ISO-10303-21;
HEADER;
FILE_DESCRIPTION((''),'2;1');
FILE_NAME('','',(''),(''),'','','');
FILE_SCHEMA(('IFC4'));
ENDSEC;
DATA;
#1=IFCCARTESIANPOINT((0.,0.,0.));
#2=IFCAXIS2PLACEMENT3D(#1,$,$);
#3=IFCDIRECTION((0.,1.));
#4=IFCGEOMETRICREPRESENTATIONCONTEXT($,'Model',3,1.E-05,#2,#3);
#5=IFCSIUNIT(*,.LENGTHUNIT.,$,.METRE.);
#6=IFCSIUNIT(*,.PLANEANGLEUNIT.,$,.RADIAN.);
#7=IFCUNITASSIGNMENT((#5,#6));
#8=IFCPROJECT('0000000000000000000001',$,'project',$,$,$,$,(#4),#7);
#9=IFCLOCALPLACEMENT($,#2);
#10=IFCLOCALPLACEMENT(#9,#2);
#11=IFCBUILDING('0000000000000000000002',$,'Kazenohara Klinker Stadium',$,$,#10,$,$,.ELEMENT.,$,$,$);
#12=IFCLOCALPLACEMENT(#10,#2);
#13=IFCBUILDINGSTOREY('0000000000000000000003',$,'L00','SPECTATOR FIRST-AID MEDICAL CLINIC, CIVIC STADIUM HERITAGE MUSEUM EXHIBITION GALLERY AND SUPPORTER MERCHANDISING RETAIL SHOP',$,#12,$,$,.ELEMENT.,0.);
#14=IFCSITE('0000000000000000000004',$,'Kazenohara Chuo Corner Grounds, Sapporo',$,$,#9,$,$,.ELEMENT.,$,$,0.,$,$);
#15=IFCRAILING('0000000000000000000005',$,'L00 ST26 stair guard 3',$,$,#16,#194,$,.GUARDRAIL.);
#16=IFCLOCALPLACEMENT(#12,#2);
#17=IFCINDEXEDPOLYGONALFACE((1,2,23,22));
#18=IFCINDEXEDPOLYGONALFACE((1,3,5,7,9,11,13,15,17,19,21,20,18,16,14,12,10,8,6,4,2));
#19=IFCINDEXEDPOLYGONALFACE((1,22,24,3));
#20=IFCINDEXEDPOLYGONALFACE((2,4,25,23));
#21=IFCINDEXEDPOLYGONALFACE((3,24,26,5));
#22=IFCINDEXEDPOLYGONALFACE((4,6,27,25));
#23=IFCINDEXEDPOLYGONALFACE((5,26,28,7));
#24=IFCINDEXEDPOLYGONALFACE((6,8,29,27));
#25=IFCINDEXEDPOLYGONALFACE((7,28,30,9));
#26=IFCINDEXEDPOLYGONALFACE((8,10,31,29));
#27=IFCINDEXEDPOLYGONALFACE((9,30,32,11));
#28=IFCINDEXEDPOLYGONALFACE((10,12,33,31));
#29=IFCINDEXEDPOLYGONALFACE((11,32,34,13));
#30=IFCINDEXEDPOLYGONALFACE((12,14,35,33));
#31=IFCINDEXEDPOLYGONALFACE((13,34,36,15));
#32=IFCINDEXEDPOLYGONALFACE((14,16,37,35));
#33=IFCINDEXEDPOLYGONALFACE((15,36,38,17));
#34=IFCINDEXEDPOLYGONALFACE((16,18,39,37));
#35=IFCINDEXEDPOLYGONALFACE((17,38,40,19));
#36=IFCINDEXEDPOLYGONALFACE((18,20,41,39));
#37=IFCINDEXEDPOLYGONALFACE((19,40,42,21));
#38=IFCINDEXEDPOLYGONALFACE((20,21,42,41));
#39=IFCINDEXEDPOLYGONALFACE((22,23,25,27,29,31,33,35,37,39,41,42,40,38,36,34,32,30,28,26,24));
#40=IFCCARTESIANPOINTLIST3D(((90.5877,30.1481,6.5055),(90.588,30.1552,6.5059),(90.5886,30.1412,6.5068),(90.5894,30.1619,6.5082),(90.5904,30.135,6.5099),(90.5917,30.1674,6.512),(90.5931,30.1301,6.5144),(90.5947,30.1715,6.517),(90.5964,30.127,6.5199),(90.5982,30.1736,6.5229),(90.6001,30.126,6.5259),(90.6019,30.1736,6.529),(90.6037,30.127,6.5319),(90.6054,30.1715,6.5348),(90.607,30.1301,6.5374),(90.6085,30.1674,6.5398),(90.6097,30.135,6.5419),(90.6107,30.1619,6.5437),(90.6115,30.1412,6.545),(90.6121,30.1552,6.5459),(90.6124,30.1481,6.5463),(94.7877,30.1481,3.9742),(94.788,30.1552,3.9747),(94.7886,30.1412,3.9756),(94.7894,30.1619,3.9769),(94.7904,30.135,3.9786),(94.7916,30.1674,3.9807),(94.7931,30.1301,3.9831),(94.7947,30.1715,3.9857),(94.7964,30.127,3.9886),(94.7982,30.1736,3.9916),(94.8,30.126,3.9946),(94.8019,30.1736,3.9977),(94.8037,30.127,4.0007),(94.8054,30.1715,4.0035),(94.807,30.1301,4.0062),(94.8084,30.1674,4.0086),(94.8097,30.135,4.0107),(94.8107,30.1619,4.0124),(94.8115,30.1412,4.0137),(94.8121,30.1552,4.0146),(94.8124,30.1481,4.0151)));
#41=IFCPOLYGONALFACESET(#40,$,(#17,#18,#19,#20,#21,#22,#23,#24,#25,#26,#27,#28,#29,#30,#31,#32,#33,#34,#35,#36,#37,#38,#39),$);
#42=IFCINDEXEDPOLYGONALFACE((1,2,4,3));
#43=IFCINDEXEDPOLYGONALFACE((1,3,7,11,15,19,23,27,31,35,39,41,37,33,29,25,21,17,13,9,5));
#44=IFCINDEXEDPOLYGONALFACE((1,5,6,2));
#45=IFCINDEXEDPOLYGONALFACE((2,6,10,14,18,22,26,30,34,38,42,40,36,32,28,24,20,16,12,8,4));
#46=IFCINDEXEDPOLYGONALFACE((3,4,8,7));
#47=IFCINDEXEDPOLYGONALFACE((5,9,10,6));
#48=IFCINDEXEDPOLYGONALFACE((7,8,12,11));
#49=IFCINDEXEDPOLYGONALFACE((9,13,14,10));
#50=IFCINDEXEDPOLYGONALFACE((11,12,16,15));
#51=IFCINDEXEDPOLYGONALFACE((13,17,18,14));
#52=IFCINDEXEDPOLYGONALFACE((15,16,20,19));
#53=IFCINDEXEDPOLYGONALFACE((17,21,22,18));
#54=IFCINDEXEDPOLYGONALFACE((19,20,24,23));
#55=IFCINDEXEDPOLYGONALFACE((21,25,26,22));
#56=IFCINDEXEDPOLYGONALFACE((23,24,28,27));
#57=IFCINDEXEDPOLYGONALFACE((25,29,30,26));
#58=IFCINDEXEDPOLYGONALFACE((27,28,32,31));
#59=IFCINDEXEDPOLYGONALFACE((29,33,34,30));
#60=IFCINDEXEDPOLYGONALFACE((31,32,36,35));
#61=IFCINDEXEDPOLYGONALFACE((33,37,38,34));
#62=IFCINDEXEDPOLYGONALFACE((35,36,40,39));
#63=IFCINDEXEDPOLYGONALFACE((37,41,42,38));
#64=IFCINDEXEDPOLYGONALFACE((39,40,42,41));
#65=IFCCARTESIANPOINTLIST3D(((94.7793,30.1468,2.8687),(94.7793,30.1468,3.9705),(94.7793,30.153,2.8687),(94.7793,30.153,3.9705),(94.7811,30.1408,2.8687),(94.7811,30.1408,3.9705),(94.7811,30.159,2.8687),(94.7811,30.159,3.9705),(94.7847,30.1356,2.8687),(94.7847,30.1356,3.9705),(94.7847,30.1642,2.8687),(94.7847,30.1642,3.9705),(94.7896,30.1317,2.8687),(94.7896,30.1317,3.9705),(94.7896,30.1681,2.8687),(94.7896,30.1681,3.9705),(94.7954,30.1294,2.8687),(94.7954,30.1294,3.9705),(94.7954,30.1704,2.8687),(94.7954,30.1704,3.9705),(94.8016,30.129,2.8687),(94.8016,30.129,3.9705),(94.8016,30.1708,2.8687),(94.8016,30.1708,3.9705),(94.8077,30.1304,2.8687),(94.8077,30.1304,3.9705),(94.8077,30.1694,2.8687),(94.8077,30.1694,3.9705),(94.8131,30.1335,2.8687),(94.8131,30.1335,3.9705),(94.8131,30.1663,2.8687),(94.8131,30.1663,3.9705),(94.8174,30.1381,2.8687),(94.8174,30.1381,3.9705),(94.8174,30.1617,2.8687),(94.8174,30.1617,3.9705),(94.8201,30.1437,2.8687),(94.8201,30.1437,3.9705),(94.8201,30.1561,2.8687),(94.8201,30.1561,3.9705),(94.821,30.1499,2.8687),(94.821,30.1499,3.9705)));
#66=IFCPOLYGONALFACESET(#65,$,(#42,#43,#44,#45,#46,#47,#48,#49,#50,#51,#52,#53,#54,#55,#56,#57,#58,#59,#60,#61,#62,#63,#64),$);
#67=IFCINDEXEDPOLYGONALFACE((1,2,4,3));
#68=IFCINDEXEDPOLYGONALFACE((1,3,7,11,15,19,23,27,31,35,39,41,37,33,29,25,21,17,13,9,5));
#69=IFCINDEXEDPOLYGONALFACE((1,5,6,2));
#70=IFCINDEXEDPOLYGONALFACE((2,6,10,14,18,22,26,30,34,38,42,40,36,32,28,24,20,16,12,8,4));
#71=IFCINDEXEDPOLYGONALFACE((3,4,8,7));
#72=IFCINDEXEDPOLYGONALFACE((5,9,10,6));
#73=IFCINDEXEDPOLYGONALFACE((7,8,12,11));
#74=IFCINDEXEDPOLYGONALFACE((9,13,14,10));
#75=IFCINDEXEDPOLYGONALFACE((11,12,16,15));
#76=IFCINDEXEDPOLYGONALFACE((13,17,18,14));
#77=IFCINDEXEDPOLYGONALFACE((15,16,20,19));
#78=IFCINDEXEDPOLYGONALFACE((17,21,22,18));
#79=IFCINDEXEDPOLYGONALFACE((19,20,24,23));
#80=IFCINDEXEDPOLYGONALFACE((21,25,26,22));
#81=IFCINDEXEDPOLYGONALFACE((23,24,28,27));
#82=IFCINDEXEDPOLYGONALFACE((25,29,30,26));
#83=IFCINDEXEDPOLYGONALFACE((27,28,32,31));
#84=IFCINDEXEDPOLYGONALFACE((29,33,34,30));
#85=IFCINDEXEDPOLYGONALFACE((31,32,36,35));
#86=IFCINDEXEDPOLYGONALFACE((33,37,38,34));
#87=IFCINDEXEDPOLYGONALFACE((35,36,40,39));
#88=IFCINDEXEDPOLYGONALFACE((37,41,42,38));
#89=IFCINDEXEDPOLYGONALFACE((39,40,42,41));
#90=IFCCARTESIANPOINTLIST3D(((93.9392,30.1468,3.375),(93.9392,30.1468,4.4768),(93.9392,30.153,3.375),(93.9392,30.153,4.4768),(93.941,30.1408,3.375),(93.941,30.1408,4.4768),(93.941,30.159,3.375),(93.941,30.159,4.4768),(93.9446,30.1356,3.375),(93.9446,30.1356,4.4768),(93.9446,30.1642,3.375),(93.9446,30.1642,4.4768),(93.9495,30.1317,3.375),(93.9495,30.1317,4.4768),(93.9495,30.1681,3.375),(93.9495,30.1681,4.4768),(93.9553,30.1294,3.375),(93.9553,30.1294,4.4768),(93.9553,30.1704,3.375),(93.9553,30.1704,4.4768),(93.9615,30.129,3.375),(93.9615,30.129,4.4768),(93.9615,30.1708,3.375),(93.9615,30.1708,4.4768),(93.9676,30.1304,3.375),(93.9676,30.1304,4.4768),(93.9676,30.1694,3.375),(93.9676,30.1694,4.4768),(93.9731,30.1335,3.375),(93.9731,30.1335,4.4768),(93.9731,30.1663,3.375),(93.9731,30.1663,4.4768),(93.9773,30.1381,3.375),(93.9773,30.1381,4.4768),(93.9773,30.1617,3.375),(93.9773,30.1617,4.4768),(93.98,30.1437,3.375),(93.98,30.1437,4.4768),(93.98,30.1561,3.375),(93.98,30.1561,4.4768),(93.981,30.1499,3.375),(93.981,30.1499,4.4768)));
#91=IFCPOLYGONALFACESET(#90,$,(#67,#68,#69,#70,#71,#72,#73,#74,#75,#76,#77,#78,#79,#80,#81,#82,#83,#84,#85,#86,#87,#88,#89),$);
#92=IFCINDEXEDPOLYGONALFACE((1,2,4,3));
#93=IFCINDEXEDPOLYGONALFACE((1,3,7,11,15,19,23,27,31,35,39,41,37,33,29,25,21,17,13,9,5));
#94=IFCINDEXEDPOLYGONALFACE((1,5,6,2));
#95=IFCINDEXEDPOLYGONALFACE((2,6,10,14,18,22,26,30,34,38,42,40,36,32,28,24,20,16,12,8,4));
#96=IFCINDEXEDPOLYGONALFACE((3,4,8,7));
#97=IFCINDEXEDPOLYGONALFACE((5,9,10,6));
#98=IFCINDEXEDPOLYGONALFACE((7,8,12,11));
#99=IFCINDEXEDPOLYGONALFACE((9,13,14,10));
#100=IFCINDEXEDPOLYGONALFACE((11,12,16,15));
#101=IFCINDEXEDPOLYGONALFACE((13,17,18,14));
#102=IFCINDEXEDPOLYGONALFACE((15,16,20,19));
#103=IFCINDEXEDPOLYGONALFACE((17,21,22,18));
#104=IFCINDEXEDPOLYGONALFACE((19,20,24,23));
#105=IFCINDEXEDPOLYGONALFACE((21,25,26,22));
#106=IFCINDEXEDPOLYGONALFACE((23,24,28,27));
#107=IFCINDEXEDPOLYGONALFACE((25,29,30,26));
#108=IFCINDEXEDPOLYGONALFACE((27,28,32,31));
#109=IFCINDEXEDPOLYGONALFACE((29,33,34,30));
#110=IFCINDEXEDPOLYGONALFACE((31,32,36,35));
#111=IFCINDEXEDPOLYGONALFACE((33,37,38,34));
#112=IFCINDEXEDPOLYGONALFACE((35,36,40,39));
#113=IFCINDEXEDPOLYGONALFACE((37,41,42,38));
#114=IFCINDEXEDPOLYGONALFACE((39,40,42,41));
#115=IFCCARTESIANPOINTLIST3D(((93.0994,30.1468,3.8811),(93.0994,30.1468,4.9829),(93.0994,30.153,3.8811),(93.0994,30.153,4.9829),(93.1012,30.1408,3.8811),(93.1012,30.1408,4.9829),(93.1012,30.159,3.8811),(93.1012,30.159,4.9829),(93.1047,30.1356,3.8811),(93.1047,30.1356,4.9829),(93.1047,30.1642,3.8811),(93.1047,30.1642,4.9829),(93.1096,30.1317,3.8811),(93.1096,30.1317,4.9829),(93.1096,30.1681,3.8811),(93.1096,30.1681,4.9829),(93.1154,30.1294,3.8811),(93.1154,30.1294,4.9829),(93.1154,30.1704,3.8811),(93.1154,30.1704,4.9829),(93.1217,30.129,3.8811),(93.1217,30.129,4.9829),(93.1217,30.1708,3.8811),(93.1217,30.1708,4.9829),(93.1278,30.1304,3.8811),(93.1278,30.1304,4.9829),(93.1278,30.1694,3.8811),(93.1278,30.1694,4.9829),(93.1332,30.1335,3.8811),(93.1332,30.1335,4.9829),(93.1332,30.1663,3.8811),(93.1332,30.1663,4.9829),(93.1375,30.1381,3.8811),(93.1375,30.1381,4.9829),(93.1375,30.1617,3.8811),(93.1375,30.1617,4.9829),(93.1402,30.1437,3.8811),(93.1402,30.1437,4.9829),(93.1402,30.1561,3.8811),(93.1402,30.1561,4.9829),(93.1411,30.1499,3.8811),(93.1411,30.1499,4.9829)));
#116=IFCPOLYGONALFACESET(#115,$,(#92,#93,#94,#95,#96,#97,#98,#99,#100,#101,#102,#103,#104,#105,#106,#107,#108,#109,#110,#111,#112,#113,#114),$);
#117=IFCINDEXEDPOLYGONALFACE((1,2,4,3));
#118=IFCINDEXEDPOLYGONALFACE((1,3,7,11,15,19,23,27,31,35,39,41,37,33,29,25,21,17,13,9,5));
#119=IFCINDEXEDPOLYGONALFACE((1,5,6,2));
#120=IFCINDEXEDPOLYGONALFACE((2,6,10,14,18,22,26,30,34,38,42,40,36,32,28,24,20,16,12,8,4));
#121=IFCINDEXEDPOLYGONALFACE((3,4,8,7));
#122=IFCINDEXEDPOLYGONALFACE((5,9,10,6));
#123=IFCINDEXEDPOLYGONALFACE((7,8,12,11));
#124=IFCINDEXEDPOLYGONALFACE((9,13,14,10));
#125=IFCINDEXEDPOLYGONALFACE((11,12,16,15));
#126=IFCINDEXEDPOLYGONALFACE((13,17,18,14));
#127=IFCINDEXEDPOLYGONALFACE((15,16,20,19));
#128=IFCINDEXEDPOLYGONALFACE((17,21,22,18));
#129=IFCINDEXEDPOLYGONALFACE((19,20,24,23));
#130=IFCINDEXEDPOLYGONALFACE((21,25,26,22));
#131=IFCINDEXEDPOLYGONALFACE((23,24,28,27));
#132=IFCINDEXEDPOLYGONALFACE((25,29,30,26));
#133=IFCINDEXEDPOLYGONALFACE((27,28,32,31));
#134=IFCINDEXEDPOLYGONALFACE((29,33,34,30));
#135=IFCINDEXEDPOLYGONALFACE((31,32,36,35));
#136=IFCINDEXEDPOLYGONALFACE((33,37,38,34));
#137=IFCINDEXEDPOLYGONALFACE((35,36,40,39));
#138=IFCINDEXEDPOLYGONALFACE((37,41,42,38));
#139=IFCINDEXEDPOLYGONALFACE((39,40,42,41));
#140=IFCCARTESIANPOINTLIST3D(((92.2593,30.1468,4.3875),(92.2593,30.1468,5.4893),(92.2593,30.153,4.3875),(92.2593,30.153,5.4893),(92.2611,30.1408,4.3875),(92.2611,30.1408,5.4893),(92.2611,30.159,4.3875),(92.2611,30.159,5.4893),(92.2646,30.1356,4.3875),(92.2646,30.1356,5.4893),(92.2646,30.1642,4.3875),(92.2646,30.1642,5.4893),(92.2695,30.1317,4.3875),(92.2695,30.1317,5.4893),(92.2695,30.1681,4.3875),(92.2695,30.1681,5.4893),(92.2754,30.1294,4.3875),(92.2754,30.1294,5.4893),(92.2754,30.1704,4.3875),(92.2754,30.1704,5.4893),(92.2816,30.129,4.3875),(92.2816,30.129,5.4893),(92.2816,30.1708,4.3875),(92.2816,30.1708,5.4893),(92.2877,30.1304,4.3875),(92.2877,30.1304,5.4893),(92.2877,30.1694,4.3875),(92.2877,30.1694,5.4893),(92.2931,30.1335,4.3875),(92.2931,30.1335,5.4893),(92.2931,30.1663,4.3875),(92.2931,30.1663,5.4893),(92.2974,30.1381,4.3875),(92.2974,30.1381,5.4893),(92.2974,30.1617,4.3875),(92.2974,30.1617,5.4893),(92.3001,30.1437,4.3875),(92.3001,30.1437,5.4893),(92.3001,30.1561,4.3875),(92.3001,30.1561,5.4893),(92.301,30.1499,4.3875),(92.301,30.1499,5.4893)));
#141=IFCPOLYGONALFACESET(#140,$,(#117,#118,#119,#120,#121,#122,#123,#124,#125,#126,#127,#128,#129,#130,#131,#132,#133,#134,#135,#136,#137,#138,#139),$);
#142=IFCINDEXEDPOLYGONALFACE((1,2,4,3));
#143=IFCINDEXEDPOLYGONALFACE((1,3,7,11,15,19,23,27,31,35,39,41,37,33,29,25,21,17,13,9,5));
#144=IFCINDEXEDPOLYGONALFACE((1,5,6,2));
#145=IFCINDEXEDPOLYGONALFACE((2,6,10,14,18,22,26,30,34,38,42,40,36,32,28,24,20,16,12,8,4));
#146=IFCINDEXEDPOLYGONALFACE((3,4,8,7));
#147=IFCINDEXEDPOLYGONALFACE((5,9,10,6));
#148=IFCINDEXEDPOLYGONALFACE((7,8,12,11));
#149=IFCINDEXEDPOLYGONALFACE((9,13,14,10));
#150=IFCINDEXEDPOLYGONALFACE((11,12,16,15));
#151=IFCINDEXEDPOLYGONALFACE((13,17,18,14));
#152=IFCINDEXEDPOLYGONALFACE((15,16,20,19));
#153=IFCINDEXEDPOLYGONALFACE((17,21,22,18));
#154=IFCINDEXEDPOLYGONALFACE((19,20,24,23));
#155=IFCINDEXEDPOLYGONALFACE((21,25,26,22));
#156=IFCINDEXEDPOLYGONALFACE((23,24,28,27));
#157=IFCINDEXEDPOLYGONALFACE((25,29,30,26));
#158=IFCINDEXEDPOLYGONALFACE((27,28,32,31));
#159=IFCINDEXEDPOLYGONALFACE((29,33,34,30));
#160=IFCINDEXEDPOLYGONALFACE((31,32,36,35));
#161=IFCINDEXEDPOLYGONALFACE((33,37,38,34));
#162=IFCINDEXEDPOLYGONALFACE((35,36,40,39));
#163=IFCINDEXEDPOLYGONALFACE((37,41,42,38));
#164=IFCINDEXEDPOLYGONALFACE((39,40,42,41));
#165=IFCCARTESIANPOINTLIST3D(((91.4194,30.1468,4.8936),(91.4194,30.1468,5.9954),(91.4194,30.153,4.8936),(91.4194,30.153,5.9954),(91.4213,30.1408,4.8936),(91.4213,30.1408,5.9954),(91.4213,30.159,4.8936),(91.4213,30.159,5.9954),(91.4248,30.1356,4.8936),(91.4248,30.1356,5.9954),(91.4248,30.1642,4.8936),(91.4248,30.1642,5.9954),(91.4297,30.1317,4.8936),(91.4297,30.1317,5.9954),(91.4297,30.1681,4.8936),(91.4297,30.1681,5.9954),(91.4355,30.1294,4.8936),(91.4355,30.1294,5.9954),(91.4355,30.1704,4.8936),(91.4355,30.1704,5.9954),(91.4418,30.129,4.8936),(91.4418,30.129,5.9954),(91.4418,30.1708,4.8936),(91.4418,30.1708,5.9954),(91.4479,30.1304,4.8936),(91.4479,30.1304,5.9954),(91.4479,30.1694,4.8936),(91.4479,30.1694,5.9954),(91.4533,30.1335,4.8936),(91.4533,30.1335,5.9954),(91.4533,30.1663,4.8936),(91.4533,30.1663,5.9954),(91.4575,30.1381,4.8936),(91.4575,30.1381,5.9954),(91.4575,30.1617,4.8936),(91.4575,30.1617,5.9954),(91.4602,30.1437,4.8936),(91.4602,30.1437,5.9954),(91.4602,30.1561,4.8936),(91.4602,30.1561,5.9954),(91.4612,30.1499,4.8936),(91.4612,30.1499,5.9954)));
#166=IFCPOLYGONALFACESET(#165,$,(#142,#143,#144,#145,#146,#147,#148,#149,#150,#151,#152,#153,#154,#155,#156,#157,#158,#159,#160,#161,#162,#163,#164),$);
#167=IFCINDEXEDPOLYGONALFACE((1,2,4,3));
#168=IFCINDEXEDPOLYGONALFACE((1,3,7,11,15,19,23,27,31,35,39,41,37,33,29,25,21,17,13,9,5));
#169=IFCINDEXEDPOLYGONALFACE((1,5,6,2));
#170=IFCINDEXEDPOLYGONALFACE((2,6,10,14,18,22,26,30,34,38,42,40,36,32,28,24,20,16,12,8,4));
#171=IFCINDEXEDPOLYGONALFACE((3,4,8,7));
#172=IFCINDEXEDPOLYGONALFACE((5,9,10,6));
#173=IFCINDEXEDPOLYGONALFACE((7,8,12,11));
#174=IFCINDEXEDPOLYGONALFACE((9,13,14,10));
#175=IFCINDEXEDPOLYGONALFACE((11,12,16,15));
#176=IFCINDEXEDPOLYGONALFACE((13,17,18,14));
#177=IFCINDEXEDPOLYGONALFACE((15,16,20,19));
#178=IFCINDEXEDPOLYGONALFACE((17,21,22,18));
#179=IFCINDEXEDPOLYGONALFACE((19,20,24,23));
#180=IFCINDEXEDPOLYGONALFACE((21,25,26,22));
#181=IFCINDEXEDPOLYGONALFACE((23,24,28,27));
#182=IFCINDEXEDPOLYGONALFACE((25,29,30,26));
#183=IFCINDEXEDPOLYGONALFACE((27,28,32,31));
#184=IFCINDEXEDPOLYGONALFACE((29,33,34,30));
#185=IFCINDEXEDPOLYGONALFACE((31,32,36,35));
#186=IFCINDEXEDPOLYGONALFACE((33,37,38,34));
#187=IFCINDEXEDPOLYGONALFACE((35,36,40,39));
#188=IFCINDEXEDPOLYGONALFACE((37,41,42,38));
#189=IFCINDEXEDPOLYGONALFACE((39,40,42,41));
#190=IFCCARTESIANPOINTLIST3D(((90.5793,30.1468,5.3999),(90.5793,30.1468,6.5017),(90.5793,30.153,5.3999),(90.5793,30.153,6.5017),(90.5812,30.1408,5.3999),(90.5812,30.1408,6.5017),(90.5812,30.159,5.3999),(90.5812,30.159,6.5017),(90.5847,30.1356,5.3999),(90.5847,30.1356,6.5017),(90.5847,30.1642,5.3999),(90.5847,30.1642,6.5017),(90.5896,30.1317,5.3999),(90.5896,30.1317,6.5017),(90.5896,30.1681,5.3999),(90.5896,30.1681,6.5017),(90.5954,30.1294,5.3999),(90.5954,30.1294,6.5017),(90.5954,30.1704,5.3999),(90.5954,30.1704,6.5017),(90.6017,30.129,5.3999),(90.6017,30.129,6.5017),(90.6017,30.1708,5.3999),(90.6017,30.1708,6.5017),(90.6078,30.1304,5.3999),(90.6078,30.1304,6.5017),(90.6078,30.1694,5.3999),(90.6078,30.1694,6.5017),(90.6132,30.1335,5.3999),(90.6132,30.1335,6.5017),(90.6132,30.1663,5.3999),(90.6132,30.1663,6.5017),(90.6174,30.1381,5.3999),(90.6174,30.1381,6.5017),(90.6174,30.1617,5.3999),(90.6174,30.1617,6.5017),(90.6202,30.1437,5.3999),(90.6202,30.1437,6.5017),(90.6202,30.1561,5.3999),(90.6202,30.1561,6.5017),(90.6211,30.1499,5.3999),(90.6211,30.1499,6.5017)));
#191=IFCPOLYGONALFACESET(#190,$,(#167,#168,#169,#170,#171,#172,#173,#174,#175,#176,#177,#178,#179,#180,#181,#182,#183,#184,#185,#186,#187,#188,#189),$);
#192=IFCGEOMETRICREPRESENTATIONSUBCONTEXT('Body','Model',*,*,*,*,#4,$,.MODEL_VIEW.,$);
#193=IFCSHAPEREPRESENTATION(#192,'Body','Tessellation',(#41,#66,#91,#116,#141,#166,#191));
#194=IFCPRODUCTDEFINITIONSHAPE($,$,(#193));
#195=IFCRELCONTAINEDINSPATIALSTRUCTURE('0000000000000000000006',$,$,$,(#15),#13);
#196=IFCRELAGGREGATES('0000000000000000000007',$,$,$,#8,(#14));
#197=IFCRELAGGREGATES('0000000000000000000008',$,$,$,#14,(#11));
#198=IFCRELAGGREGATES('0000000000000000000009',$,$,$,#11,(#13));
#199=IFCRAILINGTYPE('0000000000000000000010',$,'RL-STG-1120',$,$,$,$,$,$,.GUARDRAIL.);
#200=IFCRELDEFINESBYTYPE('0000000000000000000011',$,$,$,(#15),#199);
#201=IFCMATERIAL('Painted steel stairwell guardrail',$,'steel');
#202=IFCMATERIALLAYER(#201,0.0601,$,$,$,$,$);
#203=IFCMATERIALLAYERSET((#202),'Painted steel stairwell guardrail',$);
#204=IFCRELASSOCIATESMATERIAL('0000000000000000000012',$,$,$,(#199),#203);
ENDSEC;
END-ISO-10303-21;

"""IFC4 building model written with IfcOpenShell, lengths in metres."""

from ifc_helpers import new_model, si_unit, direction, frame, origin, origin_2d, place, context, subcontext, project, spatial, circle, extrude, material, layer, layer_set, type_object, element, save


model = new_model("IFC4")

# Units and contexts
model_context = context("Model", 3, precision=1e-05, world=origin(), true_north=direction((0.0, 1.0)))
body_context = subcontext(model_context, "Body", "Model", "MODEL_VIEW")
ifc_project = project(units=[si_unit("LENGTHUNIT", "METRE"), si_unit("PLANEANGLEUNIT", "RADIAN")], contexts=[model_context])

# Site, building, storey
site_placement = place(None, origin())
site = spatial("IfcSite", under=ifc_project, at=site_placement, Name="Kazenohara Chuo Corner Grounds, Sapporo", CompositionType="ELEMENT", RefElevation=0.0)
building_placement = place(site_placement, origin())
building = spatial("IfcBuilding", under=site, at=building_placement, Name="Kazenohara Klinker Stadium", CompositionType="ELEMENT")
storey_placement = place(building_placement, origin())
storey = spatial("IfcBuildingStorey", under=building, at=storey_placement, Name="L00", Description="SPECTATOR FIRST-AID MEDICAL CLINIC, CIVIC STADIUM HERITAGE MUSEUM EXHIBITION GALLERY AND SUPPORTER MERCHANDISING RETAIL SHOP", CompositionType="ELEMENT", Elevation=0.0)

# Railing
ifc_material_1 = material(Name="Painted steel stairwell guardrail", Category="steel")
ifc_layer_1 = layer(ifc_material_1, 0.0601)
ifc_layer_set_1 = layer_set([ifc_layer_1], Name="Painted steel stairwell guardrail")
railing_type_1 = type_object("IfcRailingType", Name="RL-STG-1120", PredefinedType="GUARDRAIL", material=ifc_layer_set_1)
railing_1_placement = place(storey_placement, frame((94.8, 30.1499, 2.8687)))
element("IfcRailing", 1, at=railing_1_placement, inside=storey, type_object=railing_type_1, Name="L00 ST26 stair guard 3", PredefinedType="GUARDRAIL", context=body_context, shape_type="SweptSolid", body=[
    extrude(circle(Radius=0.0239, at=origin_2d()), frame((0.0, 0.0, 1.126), z_axis=(-0.856476, 0.0, 0.516186), x_axis=(0.0, -1.0, 0.0)), (0.0, 0.0, 1.0), 4.9038),
    extrude(circle(Radius=0.021, at=origin_2d()), origin(), (0.0, 0.0, 1.0), 1.1018),
    extrude(circle(Radius=0.021, at=origin_2d()), frame((-0.8401, 0.0, 0.5063)), (0.0, 0.0, 1.0), 1.1018),
    extrude(circle(Radius=0.021, at=origin_2d()), frame((-1.6799, 0.0, 1.0125)), (0.0, 0.0, 1.0), 1.1018),
    extrude(circle(Radius=0.021, at=origin_2d()), frame((-2.52, 0.0, 1.5188)), (0.0, 0.0, 1.0), 1.1018),
    extrude(circle(Radius=0.021, at=origin_2d()), frame((-3.3599, 0.0, 2.0249)), (0.0, 0.0, 1.0), 1.1018),
    extrude(circle(Radius=0.021, at=origin_2d()), frame((-4.2, 0.0, 2.5312)), (0.0, 0.0, 1.0), 1.1018),
])

save(model, "model.ifc")
